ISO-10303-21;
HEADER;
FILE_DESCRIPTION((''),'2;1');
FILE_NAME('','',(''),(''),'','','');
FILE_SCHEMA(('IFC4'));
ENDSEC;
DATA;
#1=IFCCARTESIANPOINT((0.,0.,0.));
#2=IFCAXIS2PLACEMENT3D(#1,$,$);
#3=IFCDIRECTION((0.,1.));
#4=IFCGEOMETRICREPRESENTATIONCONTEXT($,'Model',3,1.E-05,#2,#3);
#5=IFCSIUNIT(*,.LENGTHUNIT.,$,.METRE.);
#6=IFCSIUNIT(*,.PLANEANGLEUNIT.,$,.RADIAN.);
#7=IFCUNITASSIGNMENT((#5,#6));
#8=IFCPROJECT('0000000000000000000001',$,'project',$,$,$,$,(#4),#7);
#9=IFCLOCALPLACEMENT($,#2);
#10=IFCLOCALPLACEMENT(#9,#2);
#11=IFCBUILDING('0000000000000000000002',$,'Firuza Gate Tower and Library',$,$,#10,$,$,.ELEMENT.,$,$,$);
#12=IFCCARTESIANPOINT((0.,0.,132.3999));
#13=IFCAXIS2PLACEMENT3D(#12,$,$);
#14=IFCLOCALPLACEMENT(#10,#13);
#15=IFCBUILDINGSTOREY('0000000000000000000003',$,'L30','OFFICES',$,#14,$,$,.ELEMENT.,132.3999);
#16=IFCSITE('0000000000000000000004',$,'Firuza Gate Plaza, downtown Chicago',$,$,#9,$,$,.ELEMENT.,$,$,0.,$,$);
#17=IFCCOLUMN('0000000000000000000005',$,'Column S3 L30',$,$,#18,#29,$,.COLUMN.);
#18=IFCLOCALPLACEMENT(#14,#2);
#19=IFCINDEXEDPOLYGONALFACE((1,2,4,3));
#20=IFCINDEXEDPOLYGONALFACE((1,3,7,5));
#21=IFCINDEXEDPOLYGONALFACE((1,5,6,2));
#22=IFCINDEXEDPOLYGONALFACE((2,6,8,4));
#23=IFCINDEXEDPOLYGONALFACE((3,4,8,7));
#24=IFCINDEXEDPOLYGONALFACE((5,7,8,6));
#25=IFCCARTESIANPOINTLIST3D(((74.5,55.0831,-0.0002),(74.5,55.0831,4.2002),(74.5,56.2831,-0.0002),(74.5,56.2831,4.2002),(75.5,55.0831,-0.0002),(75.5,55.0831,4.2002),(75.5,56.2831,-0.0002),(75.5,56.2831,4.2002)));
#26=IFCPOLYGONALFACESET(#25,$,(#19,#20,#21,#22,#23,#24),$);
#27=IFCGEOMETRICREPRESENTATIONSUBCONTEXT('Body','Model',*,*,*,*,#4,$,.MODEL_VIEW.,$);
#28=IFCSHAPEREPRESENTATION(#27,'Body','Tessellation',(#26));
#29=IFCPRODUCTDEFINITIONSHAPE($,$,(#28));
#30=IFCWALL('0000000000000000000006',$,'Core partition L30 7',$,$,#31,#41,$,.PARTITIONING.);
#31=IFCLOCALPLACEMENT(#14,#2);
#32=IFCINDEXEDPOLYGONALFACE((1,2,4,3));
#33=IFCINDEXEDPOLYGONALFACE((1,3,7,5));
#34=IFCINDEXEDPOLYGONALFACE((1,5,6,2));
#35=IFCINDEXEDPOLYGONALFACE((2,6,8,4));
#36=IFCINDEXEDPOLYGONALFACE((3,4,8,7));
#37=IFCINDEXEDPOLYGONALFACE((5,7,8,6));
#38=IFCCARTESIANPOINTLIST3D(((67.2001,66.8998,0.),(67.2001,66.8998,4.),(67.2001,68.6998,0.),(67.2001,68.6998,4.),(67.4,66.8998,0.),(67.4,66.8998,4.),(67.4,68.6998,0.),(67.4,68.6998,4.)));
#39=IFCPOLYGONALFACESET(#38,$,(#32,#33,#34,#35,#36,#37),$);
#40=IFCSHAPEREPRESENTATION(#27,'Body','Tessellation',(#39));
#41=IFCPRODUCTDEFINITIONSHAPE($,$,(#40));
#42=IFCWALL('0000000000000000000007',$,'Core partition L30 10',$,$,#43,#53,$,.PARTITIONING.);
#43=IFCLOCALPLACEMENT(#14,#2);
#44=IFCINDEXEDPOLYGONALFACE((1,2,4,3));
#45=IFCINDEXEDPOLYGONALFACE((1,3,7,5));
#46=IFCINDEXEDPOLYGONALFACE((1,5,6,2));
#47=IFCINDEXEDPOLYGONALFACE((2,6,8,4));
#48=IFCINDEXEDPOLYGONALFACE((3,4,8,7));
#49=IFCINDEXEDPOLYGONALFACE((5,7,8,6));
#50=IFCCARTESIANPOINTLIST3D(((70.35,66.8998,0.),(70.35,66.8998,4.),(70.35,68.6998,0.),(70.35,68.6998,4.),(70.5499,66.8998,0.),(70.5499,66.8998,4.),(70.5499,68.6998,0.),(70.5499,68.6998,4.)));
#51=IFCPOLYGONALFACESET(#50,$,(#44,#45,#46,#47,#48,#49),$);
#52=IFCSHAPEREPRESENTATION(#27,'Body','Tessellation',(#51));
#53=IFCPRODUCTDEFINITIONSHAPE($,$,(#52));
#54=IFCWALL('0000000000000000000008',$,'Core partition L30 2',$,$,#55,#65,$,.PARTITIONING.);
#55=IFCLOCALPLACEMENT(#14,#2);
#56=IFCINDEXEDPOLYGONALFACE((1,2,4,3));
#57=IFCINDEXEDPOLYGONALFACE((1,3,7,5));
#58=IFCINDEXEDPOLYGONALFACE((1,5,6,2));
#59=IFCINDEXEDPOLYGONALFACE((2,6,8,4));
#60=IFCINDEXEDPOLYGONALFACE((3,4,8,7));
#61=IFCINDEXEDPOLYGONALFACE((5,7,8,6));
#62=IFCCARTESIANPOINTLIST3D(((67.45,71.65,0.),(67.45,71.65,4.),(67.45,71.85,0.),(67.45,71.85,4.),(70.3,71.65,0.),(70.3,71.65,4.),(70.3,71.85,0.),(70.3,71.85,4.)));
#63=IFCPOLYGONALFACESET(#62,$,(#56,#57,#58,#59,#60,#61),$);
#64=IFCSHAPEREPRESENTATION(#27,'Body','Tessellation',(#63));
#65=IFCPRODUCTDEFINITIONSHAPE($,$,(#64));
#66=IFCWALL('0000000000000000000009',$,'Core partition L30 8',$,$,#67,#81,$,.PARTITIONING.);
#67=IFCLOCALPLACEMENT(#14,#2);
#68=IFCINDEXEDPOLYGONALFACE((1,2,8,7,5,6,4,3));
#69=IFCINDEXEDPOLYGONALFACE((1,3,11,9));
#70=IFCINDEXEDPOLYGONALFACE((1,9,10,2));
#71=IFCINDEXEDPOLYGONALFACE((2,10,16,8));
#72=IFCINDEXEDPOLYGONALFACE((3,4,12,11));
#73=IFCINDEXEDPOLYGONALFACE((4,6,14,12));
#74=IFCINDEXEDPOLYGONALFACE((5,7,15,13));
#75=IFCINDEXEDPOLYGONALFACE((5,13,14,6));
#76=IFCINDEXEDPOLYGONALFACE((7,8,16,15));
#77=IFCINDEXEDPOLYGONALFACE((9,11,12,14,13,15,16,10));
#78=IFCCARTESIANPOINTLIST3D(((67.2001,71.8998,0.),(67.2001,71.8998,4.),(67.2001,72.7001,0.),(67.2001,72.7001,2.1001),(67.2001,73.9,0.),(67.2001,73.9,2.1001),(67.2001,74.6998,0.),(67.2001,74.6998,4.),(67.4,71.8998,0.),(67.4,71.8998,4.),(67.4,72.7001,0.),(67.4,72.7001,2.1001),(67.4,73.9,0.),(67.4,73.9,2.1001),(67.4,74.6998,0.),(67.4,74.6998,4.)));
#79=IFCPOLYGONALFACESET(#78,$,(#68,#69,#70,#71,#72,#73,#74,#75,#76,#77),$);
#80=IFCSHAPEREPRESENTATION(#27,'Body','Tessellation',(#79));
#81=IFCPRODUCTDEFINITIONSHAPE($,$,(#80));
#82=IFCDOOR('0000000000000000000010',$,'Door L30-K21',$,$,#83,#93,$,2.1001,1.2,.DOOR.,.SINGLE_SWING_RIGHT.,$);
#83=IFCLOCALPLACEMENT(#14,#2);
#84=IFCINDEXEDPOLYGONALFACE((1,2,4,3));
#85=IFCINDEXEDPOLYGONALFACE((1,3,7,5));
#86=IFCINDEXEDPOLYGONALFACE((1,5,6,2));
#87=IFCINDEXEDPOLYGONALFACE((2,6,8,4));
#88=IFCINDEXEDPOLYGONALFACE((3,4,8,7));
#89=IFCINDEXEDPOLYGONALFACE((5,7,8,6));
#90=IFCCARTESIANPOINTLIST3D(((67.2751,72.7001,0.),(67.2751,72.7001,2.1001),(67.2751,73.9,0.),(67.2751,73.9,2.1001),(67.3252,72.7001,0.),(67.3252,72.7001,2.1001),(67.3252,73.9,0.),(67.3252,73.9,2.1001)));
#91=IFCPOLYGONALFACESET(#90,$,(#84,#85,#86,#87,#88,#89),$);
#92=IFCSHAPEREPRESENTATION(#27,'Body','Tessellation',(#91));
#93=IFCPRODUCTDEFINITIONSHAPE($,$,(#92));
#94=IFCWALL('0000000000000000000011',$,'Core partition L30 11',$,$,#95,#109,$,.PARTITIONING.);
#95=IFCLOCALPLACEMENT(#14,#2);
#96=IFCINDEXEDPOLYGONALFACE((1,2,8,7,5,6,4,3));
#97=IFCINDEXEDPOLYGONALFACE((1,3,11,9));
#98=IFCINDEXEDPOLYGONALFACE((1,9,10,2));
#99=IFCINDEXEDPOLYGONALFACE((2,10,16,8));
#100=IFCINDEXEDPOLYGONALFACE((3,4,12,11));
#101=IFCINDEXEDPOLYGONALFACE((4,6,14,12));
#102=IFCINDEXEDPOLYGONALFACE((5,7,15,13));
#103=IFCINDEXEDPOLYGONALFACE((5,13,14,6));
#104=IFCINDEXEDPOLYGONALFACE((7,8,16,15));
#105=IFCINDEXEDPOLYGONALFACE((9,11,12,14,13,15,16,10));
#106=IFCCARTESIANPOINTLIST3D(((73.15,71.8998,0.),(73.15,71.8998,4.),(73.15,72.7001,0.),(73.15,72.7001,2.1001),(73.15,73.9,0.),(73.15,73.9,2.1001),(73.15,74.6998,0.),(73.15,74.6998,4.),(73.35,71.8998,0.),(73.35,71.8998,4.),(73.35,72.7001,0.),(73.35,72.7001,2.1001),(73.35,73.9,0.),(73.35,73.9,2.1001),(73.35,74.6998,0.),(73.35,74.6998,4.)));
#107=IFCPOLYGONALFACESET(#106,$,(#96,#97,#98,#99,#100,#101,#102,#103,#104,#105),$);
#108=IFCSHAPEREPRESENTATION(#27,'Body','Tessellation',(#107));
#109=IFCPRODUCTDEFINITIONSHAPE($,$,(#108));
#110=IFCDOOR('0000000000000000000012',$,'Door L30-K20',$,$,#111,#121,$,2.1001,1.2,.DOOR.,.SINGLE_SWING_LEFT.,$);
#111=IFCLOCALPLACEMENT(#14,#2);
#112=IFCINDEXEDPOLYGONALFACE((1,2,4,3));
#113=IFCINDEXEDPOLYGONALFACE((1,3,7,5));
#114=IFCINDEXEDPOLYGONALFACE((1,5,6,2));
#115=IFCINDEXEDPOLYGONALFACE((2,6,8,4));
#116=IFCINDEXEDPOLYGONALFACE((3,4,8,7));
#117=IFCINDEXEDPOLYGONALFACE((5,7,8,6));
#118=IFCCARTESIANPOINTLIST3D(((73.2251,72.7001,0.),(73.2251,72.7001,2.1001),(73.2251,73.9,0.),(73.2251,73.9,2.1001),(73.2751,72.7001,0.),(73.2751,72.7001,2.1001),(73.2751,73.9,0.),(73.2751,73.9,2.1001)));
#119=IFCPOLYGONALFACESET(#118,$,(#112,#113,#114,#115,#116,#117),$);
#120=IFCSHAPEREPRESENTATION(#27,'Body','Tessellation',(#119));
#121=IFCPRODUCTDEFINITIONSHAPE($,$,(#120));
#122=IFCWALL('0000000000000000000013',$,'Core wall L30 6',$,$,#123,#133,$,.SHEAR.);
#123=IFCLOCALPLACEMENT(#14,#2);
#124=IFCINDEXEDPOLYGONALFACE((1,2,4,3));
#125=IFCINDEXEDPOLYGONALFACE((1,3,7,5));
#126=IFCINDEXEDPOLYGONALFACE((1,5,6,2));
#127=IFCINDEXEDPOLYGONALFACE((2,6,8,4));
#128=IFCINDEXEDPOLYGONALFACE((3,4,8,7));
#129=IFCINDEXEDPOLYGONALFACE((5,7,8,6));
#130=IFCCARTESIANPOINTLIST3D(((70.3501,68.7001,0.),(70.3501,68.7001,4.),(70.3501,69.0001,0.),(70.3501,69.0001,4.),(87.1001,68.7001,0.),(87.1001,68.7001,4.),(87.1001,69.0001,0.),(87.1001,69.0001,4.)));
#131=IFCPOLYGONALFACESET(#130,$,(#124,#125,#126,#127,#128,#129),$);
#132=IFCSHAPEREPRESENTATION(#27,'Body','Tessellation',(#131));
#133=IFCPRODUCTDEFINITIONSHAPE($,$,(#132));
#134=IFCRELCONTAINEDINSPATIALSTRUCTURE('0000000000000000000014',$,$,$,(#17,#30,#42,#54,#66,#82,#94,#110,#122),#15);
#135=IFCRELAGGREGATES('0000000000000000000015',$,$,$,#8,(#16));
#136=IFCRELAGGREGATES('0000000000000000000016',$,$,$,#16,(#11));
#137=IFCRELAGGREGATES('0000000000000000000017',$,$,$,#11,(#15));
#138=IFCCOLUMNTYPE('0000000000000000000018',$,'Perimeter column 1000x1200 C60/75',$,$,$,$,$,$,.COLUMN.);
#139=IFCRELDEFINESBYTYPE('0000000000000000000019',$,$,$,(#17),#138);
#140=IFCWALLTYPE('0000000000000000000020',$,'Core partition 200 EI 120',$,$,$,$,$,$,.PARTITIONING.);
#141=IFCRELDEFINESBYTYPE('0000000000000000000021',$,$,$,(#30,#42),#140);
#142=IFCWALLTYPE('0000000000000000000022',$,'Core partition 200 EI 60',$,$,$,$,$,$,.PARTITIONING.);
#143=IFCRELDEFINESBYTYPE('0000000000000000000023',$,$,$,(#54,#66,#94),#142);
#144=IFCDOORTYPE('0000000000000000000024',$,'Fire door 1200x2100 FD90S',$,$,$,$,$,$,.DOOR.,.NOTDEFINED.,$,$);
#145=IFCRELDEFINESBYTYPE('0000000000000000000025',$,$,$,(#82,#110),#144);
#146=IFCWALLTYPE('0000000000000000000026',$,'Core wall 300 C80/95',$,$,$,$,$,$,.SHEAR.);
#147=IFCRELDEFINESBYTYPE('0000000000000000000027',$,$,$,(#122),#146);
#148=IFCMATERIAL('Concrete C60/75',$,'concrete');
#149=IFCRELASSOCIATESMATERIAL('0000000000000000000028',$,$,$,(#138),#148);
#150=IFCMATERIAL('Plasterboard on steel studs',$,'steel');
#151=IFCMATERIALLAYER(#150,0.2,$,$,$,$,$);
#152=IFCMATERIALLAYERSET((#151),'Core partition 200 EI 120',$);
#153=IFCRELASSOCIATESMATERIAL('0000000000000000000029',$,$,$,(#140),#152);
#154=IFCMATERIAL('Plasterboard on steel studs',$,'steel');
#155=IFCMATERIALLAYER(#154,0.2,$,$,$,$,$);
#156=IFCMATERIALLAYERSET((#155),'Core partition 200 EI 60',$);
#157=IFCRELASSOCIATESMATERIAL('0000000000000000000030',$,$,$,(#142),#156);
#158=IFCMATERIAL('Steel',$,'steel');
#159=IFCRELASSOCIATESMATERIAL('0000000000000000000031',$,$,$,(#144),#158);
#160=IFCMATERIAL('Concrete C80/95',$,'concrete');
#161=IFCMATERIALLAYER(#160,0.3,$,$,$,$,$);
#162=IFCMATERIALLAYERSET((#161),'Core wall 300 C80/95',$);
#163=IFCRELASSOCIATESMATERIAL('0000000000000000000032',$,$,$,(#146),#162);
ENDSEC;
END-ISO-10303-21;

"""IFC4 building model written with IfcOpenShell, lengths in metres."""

from ifc_helpers import new_model, si_unit, direction, frame, frame_2d, origin, origin_2d, place, context, subcontext, project, spatial, rectangle, extrude, material, layer, layer_set, material_profile, profile_set, type_object, element, fill, save


model = new_model("IFC4")

# Units and contexts
model_context = context("Model", 3, precision=1e-05, world=origin(), true_north=direction((0.0, 1.0)))
body_context = subcontext(model_context, "Body", "Model", "MODEL_VIEW")
ifc_project = project(units=[si_unit("LENGTHUNIT", "METRE"), si_unit("PLANEANGLEUNIT", "RADIAN")], contexts=[model_context])

# Site, building, storey
site_placement = place(None, origin())
site = spatial("IfcSite", under=ifc_project, at=site_placement, Name="Firuza Gate Plaza, downtown Chicago", CompositionType="ELEMENT", RefElevation=0.0)
building_placement = place(site_placement, origin())
building = spatial("IfcBuilding", under=site, at=building_placement, Name="Firuza Gate Tower and Library", CompositionType="ELEMENT")
storey_placement = place(building_placement, frame((0.0, 0.0, 132.3999)))
storey = spatial("IfcBuildingStorey", under=building, at=storey_placement, Name="L30", Description="OFFICES", CompositionType="ELEMENT", Elevation=132.3999)

# Column
ifc_material_1 = material(Name="Concrete C60/75", Category="concrete")
ifc_material_profile = material_profile(ifc_material_1, rectangle(XDim=1.0, YDim=1.2, at=origin_2d()))
ifc_profile_set = profile_set([ifc_material_profile], Name="Concrete C60/75")
column_type = type_object("IfcColumnType", Name="Perimeter column 1000x1200 C60/75", PredefinedType="COLUMN", material=ifc_profile_set)
column_placement = place(storey_placement, frame((75.0, 55.6831, -0.0002), z_axis=(0.0, 0.0, 1.0), x_axis=(1.0, 0.0, 0.0)))
element("IfcColumn", 1, at=column_placement, inside=storey, type_object=column_type, Name="Column S3 L30", PredefinedType="COLUMN", context=body_context, shape_type="SweptSolid", body=[
    extrude(rectangle(XDim=1.0, YDim=1.2, at=origin_2d()), origin(), (0.0, 0.0, 1.0), 4.2004),
])

# Walls
ifc_material_2 = material(Name="Plasterboard on steel studs", Category="steel")
ifc_layer_1 = layer(ifc_material_2, 0.2)
ifc_layer_set_1 = layer_set([ifc_layer_1], Name="Core partition 200 EI 120")
wall_type_1 = type_object("IfcWallType", Name="Core partition 200 EI 120", PredefinedType="PARTITIONING", material=ifc_layer_set_1)
for number, where, z_axis, x_axis, name in (
    (2, (67.3, 66.8999, 0.0), (0.0, 0.0, 1.0), (0.0, 1.0, 0.0), "Core partition L30 7"),
    (3, (70.45, 66.8999, 0.0), (0.0, 0.0, 1.0), (0.0, 1.0, 0.0), "Core partition L30 10"),
):
    element("IfcWall", number, at=place(storey_placement, frame(where, z_axis=z_axis, x_axis=x_axis)), inside=storey, type_object=wall_type_1, Name=name, PredefinedType="PARTITIONING", context=body_context, shape_type="SweptSolid", body=[
        extrude(rectangle(XDim=1.8, YDim=0.2, at=frame_2d((0.8999, 0.0))), origin(), (0.0, 0.0, 1.0), 4.0),
    ])
ifc_material_3 = material(Name="Plasterboard on steel studs", Category="steel")
ifc_layer_2 = layer(ifc_material_3, 0.2)
ifc_layer_set_2 = layer_set([ifc_layer_2], Name="Core partition 200 EI 60")
wall_type_2 = type_object("IfcWallType", Name="Core partition 200 EI 60", PredefinedType="PARTITIONING", material=ifc_layer_set_2)
wall_1_placement = place(storey_placement, frame((67.45, 71.75, 0.0), z_axis=(0.0, 0.0, 1.0), x_axis=(1.0, 0.0, 0.0)))
element("IfcWall", 4, at=wall_1_placement, inside=storey, type_object=wall_type_2, Name="Core partition L30 2", PredefinedType="PARTITIONING", context=body_context, shape_type="SweptSolid", body=[
    extrude(rectangle(XDim=2.8501, YDim=0.2, at=frame_2d((1.425, 0.0))), origin(), (0.0, 0.0, 1.0), 4.0),
])

# Walls, openings, doors
wall_2_placement = place(storey_placement, frame((67.3, 71.8999, 0.0), z_axis=(0.0, 0.0, 1.0), x_axis=(0.0, 1.0, 0.0)))
wall_2 = element("IfcWall", 5, at=wall_2_placement, inside=storey, type_object=wall_type_2, Name="Core partition L30 8", PredefinedType="PARTITIONING", context=body_context, shape_type="SweptSolid", body=[
    extrude(rectangle(XDim=2.8, YDim=0.2, at=frame_2d((1.3999, 0.0))), origin(), (0.0, 0.0, 1.0), 4.0),
])
opening_1_placement = place(wall_2_placement, frame((0.8, 0.0, 0.0)))
opening_1 = element("IfcOpeningElement", 6, at=opening_1_placement, cuts=wall_2, PredefinedType="OPENING", context=body_context, shape_type="SweptSolid", body=[
    extrude(rectangle(XDim=1.2, YDim=2.1001, at=frame_2d((0.6001, 1.05))), frame((0.0, 0.1099, 0.0), z_axis=(0.0, -1.0, 0.0), x_axis=(1.0, 0.0, 0.0)), (0.0, 0.0, 1.0), 0.22),
])
ifc_material_4 = material(Name="Steel", Category="steel")
door_type_1 = type_object("IfcDoorType", Name="Fire door 1200x2100 FD90S", OperationType="NOTDEFINED", PredefinedType="DOOR", material=ifc_material_4)
door_1_placement = place(opening_1_placement, origin())
door_1 = element("IfcDoor", 7, at=door_1_placement, inside=storey, type_object=door_type_1, Name="Door L30-K21", OperationType="SINGLE_SWING_RIGHT", OverallHeight=2.1001, OverallWidth=1.2, PredefinedType="DOOR", context=body_context, shape_type="SweptSolid", body=[
    extrude(rectangle(XDim=1.2, YDim=2.1001, at=frame_2d((0.6001, 1.05))), frame((0.0, 0.0249, 0.0), z_axis=(0.0, -1.0, 0.0), x_axis=(1.0, 0.0, 0.0)), (0.0, 0.0, 1.0), 0.05),
])
fill(opening_1, door_1)
wall_3_placement = place(storey_placement, frame((73.25, 71.8999, 0.0), z_axis=(0.0, 0.0, 1.0), x_axis=(0.0, 1.0, 0.0)))
wall_3 = element("IfcWall", 8, at=wall_3_placement, inside=storey, type_object=wall_type_2, Name="Core partition L30 11", PredefinedType="PARTITIONING", context=body_context, shape_type="SweptSolid", body=[
    extrude(rectangle(XDim=2.8, YDim=0.2, at=frame_2d((1.3999, 0.0))), origin(), (0.0, 0.0, 1.0), 4.0),
])
opening_2_placement = place(wall_3_placement, frame((0.8, 0.0, 0.0)))
opening_2 = element("IfcOpeningElement", 9, at=opening_2_placement, cuts=wall_3, PredefinedType="OPENING", context=body_context, shape_type="SweptSolid", body=[
    extrude(rectangle(XDim=1.2, YDim=2.1001, at=frame_2d((0.6001, 1.05))), frame((0.0, 0.1099, 0.0), z_axis=(0.0, -1.0, 0.0), x_axis=(1.0, 0.0, 0.0)), (0.0, 0.0, 1.0), 0.22),
])
door_2_placement = place(opening_2_placement, origin())
door_2 = element("IfcDoor", 10, at=door_2_placement, inside=storey, type_object=door_type_1, Name="Door L30-K20", OperationType="SINGLE_SWING_LEFT", OverallHeight=2.1001, OverallWidth=1.2, PredefinedType="DOOR", context=body_context, shape_type="SweptSolid", body=[
    extrude(rectangle(XDim=1.2, YDim=2.1001, at=frame_2d((0.6001, 1.05))), frame((0.0, 0.0249, 0.0), z_axis=(0.0, -1.0, 0.0), x_axis=(1.0, 0.0, 0.0)), (0.0, 0.0, 1.0), 0.05),
])
fill(opening_2, door_2)

# Wall
ifc_material_5 = material(Name="Concrete C80/95", Category="concrete")
ifc_layer_3 = layer(ifc_material_5, 0.3)
ifc_layer_set_3 = layer_set([ifc_layer_3], Name="Core wall 300 C80/95")
wall_type_3 = type_object("IfcWallType", Name="Core wall 300 C80/95", PredefinedType="SHEAR", material=ifc_layer_set_3)
wall_4_placement = place(storey_placement, frame((70.3501, 68.8501, 0.0), z_axis=(0.0, 0.0, 1.0), x_axis=(1.0, 0.0, 0.0)))
element("IfcWall", 11, at=wall_4_placement, inside=storey, type_object=wall_type_3, Name="Core wall L30 6", PredefinedType="SHEAR", context=body_context, shape_type="SweptSolid", body=[
    extrude(rectangle(XDim=16.75, YDim=0.3, at=frame_2d((8.375, 0.0))), origin(), (0.0, 0.0, 1.0), 4.0),
])

save(model, "model.ifc")
